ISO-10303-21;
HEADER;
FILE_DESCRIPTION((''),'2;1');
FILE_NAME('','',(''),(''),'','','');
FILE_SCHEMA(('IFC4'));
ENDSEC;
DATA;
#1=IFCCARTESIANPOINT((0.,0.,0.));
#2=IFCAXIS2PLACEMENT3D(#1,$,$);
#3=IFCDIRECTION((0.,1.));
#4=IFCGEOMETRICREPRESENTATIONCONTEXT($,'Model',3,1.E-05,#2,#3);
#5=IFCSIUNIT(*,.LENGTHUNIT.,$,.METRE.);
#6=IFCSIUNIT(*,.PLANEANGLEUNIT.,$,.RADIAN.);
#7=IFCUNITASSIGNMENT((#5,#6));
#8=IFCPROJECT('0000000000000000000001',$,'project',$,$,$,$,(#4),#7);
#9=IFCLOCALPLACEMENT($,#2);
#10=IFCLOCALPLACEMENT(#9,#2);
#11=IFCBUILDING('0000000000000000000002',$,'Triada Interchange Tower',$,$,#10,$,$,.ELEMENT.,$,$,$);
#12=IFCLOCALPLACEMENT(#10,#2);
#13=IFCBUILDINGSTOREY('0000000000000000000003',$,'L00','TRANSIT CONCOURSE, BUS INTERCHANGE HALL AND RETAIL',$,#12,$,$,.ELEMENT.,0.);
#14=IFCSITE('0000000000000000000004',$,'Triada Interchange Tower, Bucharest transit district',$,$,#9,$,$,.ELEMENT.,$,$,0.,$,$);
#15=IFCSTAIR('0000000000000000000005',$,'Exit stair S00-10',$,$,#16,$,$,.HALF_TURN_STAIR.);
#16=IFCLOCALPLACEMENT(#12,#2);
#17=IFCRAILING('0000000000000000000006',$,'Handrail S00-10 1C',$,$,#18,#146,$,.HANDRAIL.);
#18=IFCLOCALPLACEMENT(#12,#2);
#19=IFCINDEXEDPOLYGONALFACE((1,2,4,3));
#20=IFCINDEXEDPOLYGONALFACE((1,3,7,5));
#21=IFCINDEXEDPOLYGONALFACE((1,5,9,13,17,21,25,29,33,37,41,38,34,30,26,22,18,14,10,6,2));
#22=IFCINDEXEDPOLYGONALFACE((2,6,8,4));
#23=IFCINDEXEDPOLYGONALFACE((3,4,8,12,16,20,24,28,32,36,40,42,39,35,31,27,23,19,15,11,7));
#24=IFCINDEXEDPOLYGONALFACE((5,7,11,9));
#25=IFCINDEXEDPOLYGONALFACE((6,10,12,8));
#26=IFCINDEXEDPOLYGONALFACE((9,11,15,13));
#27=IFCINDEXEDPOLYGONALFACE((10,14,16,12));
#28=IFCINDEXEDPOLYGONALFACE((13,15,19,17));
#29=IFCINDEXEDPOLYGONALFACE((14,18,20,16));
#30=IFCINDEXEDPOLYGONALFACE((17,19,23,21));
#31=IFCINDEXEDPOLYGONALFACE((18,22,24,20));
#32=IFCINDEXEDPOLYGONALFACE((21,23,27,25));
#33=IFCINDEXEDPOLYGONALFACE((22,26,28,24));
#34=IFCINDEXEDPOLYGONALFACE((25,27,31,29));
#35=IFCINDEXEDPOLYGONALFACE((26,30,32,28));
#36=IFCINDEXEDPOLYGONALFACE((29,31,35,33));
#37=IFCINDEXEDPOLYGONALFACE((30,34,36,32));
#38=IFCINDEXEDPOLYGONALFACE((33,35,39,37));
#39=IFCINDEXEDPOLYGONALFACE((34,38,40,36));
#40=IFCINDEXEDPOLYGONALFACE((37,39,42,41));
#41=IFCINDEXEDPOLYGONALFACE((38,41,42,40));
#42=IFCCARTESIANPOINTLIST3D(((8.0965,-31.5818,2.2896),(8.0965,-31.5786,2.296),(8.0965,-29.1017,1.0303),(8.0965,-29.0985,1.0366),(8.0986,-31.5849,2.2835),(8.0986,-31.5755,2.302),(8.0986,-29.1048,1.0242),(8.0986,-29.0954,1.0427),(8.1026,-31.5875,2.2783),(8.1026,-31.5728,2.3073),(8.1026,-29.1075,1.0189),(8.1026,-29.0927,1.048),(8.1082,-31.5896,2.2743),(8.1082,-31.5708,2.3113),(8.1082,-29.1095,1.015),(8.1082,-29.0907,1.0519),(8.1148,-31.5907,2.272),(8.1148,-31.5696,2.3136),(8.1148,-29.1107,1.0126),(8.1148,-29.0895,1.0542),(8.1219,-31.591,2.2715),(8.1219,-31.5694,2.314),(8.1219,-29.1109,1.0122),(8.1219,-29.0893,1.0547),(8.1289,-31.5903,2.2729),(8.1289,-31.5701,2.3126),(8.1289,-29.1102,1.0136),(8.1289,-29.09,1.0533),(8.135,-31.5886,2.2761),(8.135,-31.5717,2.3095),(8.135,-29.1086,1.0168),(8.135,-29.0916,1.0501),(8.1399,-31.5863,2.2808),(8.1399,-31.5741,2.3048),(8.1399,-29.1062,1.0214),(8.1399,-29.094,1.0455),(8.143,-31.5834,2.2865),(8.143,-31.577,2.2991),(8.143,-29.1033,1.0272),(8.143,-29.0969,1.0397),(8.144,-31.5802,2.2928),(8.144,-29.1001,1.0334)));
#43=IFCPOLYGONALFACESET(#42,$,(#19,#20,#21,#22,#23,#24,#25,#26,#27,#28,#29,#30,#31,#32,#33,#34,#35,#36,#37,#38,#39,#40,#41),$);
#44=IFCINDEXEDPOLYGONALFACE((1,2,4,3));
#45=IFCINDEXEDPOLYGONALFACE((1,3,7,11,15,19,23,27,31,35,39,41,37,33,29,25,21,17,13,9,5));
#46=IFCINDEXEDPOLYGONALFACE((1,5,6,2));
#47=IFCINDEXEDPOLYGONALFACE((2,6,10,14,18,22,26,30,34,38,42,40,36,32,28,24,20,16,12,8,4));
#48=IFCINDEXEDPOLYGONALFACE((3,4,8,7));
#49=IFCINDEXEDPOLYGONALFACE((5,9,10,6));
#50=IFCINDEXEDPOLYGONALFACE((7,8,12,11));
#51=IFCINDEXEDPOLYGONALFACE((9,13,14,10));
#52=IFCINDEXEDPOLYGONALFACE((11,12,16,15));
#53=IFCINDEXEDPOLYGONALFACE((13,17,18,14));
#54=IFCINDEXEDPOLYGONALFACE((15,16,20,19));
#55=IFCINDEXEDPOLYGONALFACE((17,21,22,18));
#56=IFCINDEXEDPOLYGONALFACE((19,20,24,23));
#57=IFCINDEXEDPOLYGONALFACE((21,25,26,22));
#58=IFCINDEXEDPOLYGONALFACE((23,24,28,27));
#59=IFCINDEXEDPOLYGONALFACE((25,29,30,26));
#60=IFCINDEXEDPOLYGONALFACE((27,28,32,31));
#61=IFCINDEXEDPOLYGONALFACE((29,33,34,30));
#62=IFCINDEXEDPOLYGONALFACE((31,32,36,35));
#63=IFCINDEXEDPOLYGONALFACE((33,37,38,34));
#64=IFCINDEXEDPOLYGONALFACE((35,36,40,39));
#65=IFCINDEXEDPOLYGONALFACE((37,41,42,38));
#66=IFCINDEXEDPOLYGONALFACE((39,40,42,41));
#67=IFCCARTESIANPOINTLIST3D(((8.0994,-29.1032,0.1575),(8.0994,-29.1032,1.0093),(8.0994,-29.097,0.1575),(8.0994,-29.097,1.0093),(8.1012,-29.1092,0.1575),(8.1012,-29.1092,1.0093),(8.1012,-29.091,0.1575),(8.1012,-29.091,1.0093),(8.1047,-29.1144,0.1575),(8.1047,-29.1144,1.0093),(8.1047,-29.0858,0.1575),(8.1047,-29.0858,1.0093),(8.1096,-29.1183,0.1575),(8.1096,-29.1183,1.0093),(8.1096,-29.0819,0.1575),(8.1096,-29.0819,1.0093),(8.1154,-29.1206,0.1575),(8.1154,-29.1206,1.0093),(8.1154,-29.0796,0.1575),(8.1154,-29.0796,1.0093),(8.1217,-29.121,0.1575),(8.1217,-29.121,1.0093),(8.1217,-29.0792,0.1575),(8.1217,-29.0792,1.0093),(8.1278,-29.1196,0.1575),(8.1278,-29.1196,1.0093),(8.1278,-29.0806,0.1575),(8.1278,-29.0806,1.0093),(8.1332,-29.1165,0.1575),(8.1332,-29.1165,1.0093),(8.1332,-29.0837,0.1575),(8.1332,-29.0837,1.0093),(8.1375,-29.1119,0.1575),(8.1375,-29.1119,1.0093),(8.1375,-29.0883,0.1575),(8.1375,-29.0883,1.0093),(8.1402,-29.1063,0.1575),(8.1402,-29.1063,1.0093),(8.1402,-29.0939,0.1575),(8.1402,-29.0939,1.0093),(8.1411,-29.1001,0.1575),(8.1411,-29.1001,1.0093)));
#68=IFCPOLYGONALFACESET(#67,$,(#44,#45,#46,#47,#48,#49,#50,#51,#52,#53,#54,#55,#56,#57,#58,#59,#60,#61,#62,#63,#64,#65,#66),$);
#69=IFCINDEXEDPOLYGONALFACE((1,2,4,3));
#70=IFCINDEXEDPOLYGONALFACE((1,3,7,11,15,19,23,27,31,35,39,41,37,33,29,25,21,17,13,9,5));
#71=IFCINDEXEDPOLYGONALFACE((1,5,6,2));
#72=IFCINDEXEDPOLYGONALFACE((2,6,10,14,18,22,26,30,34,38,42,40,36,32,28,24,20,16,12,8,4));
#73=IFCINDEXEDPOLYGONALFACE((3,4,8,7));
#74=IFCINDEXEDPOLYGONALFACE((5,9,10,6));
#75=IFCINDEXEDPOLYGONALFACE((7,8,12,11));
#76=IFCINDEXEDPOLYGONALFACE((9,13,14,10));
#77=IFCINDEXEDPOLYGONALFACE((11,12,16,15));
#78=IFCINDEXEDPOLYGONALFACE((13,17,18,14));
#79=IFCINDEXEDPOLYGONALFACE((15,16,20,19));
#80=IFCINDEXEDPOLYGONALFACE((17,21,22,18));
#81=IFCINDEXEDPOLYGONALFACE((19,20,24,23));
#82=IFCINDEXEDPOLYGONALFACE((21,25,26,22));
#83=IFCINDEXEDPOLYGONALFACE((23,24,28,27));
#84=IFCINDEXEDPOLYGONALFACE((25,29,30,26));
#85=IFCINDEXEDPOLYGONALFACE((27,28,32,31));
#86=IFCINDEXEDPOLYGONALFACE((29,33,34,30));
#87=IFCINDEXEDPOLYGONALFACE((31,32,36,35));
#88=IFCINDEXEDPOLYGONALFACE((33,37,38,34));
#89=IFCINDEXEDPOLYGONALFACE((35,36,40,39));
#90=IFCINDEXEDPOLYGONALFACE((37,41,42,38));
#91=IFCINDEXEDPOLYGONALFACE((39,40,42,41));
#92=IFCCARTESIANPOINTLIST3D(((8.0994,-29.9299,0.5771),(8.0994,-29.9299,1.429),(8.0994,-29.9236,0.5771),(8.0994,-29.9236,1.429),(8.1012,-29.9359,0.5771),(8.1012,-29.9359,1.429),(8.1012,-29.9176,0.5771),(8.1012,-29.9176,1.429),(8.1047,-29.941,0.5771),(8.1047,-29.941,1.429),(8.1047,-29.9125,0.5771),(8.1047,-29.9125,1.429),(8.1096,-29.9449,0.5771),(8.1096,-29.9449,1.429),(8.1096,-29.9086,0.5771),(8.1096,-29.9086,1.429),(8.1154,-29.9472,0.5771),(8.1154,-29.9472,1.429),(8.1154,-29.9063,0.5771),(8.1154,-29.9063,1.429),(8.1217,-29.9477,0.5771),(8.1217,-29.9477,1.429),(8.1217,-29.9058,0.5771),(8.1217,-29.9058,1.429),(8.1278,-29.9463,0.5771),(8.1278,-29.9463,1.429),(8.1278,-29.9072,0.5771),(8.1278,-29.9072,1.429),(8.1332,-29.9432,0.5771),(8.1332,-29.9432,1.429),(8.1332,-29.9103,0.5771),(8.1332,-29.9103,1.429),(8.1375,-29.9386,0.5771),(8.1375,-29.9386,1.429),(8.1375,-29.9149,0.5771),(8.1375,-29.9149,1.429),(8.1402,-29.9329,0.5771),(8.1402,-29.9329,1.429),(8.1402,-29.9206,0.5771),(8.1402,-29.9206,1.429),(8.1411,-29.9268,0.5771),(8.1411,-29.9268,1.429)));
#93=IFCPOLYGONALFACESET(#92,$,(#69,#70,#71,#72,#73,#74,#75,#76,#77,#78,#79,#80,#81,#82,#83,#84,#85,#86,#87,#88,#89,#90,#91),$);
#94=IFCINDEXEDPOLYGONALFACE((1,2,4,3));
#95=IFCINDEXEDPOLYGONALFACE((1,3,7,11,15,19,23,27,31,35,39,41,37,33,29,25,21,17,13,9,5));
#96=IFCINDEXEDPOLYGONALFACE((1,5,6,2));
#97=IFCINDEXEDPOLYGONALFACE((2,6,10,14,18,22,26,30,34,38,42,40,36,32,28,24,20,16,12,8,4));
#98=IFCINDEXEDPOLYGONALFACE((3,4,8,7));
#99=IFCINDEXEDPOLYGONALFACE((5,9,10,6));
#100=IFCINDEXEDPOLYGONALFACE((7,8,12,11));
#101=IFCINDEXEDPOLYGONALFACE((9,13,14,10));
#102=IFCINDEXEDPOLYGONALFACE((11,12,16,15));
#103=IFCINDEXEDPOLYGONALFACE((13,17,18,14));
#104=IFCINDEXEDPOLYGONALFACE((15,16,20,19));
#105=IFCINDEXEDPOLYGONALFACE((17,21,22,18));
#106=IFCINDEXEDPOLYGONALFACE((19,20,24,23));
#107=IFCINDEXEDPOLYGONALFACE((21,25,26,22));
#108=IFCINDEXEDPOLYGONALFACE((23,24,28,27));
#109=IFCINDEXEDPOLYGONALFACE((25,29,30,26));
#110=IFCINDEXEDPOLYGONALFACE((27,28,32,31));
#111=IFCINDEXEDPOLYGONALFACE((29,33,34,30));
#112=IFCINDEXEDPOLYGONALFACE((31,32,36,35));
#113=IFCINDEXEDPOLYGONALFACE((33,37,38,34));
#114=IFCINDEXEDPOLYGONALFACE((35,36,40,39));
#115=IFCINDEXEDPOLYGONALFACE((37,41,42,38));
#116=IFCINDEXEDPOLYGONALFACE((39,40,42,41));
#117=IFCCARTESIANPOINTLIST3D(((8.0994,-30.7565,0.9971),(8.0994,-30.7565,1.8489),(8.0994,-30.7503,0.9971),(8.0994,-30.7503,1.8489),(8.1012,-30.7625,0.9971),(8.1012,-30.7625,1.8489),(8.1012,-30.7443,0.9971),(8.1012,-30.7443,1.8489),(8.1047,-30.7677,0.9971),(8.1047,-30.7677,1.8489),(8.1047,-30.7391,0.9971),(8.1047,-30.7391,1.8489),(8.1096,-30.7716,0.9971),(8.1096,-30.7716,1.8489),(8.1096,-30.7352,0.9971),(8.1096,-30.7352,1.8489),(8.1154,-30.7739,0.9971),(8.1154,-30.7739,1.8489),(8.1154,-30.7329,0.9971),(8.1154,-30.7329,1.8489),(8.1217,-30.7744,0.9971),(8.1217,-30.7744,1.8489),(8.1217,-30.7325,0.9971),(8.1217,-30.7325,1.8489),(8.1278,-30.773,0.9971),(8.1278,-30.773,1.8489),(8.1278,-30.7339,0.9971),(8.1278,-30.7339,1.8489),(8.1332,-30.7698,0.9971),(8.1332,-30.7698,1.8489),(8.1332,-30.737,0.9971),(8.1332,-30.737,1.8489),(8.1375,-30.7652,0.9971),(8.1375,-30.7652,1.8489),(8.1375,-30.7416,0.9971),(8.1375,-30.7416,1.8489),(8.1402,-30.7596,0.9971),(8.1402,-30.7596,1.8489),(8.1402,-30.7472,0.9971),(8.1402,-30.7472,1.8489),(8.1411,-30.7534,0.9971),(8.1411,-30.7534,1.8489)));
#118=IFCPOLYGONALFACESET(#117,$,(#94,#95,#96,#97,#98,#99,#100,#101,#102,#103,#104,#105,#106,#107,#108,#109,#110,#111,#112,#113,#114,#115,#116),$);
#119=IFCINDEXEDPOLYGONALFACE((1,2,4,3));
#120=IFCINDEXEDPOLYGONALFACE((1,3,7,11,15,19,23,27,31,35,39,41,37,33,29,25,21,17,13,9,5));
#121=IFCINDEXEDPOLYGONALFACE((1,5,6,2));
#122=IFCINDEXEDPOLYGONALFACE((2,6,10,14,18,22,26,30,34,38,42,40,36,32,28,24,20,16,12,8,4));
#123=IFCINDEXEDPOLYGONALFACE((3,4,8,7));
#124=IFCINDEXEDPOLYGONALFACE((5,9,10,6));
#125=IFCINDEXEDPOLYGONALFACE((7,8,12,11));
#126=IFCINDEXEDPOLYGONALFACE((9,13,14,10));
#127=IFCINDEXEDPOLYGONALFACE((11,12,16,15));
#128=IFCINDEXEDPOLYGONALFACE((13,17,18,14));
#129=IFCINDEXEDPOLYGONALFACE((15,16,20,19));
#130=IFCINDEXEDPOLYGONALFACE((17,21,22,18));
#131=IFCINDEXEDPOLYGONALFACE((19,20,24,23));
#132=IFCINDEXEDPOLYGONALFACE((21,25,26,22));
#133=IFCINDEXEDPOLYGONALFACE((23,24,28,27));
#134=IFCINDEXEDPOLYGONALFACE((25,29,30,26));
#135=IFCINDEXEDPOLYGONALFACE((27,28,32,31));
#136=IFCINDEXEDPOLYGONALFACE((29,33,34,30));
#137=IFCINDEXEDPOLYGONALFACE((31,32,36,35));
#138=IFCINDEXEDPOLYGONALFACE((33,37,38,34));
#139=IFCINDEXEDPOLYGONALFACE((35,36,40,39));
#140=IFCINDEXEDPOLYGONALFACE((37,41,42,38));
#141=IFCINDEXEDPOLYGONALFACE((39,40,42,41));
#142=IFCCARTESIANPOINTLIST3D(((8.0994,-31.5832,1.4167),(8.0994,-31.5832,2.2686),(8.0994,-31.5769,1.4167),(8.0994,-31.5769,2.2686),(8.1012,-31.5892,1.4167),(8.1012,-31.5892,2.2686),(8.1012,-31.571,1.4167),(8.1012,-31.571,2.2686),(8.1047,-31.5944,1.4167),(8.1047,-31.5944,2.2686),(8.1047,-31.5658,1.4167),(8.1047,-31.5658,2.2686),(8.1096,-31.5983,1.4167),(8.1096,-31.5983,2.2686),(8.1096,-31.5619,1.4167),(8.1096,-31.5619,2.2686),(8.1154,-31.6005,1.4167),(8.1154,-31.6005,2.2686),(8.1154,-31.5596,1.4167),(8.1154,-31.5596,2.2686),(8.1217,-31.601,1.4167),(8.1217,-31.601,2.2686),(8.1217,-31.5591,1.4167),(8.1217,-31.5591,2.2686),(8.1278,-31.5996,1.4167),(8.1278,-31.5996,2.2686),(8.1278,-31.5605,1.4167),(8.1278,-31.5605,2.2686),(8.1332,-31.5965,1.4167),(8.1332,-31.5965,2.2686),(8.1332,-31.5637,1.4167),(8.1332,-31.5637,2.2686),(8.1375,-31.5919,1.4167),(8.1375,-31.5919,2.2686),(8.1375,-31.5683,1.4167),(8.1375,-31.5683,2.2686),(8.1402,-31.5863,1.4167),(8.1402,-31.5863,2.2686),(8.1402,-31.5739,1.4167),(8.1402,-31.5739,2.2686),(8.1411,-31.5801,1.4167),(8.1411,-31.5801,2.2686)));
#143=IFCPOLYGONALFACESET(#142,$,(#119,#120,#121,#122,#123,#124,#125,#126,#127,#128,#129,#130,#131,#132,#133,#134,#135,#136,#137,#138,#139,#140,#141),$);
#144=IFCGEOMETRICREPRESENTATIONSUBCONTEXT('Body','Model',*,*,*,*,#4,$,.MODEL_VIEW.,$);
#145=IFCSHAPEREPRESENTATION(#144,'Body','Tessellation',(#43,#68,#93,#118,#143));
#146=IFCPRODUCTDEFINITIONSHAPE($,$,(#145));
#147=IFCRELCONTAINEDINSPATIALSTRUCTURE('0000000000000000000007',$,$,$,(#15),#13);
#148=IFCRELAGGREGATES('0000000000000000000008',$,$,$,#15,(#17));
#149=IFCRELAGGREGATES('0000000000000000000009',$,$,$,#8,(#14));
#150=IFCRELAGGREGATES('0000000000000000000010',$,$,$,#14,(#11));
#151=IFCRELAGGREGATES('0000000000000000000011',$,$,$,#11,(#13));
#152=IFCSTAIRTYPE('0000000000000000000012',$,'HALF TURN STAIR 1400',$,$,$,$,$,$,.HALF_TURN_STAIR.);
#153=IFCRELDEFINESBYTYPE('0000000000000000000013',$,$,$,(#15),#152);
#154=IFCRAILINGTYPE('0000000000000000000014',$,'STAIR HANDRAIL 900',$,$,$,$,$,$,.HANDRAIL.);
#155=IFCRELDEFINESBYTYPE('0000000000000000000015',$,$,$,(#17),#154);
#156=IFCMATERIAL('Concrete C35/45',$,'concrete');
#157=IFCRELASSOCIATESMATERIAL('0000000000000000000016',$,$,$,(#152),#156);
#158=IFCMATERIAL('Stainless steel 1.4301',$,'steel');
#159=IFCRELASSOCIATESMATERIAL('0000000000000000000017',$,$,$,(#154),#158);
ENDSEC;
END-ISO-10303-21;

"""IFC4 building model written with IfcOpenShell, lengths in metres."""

from ifc_helpers import new_model, si_unit, direction, frame, origin, origin_2d, place, context, subcontext, project, spatial, circle, extrude, material, type_object, element, aggregate, save


model = new_model("IFC4")

# Units and contexts
model_context = context("Model", 3, precision=1e-05, world=origin(), true_north=direction((0.0, 1.0)))
body_context = subcontext(model_context, "Body", "Model", "MODEL_VIEW")
ifc_project = project(units=[si_unit("LENGTHUNIT", "METRE"), si_unit("PLANEANGLEUNIT", "RADIAN")], contexts=[model_context])

# Site, building, storey
site_placement = place(None, origin())
site = spatial("IfcSite", under=ifc_project, at=site_placement, Name="Triada Interchange Tower, Bucharest transit district", CompositionType="ELEMENT", RefElevation=0.0)
building_placement = place(site_placement, origin())
building = spatial("IfcBuilding", under=site, at=building_placement, Name="Triada Interchange Tower", CompositionType="ELEMENT")
storey_placement = place(building_placement, origin())
storey = spatial("IfcBuildingStorey", under=building, at=storey_placement, Name="L00", Description="TRANSIT CONCOURSE, BUS INTERCHANGE HALL AND RETAIL", CompositionType="ELEMENT", Elevation=0.0)

# Stair, railing
ifc_material_1 = material(Name="Concrete C35/45", Category="concrete")
stair_type = type_object("IfcStairType", Name="HALF TURN STAIR 1400", PredefinedType="HALF_TURN_STAIR", material=ifc_material_1)
stair_placement = place(storey_placement, origin())
stair = element("IfcStair", 1, at=stair_placement, inside=storey, type_object=stair_type, Name="Exit stair S00-10", PredefinedType="HALF_TURN_STAIR")
ifc_material_2 = material(Name="Stainless steel 1.4301", Category="steel")
railing_type = type_object("IfcRailingType", Name="STAIR HANDRAIL 900", PredefinedType="HANDRAIL", material=ifc_material_2)
railing_1_placement = place(storey_placement, frame((8.1201, -29.1001, 0.1575)))
railing_1 = element("IfcRailing", 2, at=railing_1_placement, type_object=railing_type, Name="Handrail S00-10 1C", PredefinedType="HANDRAIL", context=body_context, shape_type="SweptSolid", body=[
    extrude(circle(Radius=0.0239, at=origin_2d()), frame((0.0, 0.0, 0.876), z_axis=(0.0, -0.891636, 0.452752), x_axis=(1.0, 0.0, 0.0)), (0.0, 0.0, 1.0), 2.7815),
    extrude(circle(Radius=0.021, at=origin_2d()), origin(), (0.0, 0.0, 1.0), 0.8518),
    extrude(circle(Radius=0.021, at=origin_2d()), frame((0.0, -0.8267, 0.4197)), (0.0, 0.0, 1.0), 0.8518),
    extrude(circle(Radius=0.021, at=origin_2d()), frame((0.0, -1.6533, 0.8396)), (0.0, 0.0, 1.0), 0.8518),
    extrude(circle(Radius=0.021, at=origin_2d()), frame((0.0, -2.48, 1.2593)), (0.0, 0.0, 1.0), 0.8518),
])
aggregate(stair, [railing_1])

save(model, "model.ifc")
